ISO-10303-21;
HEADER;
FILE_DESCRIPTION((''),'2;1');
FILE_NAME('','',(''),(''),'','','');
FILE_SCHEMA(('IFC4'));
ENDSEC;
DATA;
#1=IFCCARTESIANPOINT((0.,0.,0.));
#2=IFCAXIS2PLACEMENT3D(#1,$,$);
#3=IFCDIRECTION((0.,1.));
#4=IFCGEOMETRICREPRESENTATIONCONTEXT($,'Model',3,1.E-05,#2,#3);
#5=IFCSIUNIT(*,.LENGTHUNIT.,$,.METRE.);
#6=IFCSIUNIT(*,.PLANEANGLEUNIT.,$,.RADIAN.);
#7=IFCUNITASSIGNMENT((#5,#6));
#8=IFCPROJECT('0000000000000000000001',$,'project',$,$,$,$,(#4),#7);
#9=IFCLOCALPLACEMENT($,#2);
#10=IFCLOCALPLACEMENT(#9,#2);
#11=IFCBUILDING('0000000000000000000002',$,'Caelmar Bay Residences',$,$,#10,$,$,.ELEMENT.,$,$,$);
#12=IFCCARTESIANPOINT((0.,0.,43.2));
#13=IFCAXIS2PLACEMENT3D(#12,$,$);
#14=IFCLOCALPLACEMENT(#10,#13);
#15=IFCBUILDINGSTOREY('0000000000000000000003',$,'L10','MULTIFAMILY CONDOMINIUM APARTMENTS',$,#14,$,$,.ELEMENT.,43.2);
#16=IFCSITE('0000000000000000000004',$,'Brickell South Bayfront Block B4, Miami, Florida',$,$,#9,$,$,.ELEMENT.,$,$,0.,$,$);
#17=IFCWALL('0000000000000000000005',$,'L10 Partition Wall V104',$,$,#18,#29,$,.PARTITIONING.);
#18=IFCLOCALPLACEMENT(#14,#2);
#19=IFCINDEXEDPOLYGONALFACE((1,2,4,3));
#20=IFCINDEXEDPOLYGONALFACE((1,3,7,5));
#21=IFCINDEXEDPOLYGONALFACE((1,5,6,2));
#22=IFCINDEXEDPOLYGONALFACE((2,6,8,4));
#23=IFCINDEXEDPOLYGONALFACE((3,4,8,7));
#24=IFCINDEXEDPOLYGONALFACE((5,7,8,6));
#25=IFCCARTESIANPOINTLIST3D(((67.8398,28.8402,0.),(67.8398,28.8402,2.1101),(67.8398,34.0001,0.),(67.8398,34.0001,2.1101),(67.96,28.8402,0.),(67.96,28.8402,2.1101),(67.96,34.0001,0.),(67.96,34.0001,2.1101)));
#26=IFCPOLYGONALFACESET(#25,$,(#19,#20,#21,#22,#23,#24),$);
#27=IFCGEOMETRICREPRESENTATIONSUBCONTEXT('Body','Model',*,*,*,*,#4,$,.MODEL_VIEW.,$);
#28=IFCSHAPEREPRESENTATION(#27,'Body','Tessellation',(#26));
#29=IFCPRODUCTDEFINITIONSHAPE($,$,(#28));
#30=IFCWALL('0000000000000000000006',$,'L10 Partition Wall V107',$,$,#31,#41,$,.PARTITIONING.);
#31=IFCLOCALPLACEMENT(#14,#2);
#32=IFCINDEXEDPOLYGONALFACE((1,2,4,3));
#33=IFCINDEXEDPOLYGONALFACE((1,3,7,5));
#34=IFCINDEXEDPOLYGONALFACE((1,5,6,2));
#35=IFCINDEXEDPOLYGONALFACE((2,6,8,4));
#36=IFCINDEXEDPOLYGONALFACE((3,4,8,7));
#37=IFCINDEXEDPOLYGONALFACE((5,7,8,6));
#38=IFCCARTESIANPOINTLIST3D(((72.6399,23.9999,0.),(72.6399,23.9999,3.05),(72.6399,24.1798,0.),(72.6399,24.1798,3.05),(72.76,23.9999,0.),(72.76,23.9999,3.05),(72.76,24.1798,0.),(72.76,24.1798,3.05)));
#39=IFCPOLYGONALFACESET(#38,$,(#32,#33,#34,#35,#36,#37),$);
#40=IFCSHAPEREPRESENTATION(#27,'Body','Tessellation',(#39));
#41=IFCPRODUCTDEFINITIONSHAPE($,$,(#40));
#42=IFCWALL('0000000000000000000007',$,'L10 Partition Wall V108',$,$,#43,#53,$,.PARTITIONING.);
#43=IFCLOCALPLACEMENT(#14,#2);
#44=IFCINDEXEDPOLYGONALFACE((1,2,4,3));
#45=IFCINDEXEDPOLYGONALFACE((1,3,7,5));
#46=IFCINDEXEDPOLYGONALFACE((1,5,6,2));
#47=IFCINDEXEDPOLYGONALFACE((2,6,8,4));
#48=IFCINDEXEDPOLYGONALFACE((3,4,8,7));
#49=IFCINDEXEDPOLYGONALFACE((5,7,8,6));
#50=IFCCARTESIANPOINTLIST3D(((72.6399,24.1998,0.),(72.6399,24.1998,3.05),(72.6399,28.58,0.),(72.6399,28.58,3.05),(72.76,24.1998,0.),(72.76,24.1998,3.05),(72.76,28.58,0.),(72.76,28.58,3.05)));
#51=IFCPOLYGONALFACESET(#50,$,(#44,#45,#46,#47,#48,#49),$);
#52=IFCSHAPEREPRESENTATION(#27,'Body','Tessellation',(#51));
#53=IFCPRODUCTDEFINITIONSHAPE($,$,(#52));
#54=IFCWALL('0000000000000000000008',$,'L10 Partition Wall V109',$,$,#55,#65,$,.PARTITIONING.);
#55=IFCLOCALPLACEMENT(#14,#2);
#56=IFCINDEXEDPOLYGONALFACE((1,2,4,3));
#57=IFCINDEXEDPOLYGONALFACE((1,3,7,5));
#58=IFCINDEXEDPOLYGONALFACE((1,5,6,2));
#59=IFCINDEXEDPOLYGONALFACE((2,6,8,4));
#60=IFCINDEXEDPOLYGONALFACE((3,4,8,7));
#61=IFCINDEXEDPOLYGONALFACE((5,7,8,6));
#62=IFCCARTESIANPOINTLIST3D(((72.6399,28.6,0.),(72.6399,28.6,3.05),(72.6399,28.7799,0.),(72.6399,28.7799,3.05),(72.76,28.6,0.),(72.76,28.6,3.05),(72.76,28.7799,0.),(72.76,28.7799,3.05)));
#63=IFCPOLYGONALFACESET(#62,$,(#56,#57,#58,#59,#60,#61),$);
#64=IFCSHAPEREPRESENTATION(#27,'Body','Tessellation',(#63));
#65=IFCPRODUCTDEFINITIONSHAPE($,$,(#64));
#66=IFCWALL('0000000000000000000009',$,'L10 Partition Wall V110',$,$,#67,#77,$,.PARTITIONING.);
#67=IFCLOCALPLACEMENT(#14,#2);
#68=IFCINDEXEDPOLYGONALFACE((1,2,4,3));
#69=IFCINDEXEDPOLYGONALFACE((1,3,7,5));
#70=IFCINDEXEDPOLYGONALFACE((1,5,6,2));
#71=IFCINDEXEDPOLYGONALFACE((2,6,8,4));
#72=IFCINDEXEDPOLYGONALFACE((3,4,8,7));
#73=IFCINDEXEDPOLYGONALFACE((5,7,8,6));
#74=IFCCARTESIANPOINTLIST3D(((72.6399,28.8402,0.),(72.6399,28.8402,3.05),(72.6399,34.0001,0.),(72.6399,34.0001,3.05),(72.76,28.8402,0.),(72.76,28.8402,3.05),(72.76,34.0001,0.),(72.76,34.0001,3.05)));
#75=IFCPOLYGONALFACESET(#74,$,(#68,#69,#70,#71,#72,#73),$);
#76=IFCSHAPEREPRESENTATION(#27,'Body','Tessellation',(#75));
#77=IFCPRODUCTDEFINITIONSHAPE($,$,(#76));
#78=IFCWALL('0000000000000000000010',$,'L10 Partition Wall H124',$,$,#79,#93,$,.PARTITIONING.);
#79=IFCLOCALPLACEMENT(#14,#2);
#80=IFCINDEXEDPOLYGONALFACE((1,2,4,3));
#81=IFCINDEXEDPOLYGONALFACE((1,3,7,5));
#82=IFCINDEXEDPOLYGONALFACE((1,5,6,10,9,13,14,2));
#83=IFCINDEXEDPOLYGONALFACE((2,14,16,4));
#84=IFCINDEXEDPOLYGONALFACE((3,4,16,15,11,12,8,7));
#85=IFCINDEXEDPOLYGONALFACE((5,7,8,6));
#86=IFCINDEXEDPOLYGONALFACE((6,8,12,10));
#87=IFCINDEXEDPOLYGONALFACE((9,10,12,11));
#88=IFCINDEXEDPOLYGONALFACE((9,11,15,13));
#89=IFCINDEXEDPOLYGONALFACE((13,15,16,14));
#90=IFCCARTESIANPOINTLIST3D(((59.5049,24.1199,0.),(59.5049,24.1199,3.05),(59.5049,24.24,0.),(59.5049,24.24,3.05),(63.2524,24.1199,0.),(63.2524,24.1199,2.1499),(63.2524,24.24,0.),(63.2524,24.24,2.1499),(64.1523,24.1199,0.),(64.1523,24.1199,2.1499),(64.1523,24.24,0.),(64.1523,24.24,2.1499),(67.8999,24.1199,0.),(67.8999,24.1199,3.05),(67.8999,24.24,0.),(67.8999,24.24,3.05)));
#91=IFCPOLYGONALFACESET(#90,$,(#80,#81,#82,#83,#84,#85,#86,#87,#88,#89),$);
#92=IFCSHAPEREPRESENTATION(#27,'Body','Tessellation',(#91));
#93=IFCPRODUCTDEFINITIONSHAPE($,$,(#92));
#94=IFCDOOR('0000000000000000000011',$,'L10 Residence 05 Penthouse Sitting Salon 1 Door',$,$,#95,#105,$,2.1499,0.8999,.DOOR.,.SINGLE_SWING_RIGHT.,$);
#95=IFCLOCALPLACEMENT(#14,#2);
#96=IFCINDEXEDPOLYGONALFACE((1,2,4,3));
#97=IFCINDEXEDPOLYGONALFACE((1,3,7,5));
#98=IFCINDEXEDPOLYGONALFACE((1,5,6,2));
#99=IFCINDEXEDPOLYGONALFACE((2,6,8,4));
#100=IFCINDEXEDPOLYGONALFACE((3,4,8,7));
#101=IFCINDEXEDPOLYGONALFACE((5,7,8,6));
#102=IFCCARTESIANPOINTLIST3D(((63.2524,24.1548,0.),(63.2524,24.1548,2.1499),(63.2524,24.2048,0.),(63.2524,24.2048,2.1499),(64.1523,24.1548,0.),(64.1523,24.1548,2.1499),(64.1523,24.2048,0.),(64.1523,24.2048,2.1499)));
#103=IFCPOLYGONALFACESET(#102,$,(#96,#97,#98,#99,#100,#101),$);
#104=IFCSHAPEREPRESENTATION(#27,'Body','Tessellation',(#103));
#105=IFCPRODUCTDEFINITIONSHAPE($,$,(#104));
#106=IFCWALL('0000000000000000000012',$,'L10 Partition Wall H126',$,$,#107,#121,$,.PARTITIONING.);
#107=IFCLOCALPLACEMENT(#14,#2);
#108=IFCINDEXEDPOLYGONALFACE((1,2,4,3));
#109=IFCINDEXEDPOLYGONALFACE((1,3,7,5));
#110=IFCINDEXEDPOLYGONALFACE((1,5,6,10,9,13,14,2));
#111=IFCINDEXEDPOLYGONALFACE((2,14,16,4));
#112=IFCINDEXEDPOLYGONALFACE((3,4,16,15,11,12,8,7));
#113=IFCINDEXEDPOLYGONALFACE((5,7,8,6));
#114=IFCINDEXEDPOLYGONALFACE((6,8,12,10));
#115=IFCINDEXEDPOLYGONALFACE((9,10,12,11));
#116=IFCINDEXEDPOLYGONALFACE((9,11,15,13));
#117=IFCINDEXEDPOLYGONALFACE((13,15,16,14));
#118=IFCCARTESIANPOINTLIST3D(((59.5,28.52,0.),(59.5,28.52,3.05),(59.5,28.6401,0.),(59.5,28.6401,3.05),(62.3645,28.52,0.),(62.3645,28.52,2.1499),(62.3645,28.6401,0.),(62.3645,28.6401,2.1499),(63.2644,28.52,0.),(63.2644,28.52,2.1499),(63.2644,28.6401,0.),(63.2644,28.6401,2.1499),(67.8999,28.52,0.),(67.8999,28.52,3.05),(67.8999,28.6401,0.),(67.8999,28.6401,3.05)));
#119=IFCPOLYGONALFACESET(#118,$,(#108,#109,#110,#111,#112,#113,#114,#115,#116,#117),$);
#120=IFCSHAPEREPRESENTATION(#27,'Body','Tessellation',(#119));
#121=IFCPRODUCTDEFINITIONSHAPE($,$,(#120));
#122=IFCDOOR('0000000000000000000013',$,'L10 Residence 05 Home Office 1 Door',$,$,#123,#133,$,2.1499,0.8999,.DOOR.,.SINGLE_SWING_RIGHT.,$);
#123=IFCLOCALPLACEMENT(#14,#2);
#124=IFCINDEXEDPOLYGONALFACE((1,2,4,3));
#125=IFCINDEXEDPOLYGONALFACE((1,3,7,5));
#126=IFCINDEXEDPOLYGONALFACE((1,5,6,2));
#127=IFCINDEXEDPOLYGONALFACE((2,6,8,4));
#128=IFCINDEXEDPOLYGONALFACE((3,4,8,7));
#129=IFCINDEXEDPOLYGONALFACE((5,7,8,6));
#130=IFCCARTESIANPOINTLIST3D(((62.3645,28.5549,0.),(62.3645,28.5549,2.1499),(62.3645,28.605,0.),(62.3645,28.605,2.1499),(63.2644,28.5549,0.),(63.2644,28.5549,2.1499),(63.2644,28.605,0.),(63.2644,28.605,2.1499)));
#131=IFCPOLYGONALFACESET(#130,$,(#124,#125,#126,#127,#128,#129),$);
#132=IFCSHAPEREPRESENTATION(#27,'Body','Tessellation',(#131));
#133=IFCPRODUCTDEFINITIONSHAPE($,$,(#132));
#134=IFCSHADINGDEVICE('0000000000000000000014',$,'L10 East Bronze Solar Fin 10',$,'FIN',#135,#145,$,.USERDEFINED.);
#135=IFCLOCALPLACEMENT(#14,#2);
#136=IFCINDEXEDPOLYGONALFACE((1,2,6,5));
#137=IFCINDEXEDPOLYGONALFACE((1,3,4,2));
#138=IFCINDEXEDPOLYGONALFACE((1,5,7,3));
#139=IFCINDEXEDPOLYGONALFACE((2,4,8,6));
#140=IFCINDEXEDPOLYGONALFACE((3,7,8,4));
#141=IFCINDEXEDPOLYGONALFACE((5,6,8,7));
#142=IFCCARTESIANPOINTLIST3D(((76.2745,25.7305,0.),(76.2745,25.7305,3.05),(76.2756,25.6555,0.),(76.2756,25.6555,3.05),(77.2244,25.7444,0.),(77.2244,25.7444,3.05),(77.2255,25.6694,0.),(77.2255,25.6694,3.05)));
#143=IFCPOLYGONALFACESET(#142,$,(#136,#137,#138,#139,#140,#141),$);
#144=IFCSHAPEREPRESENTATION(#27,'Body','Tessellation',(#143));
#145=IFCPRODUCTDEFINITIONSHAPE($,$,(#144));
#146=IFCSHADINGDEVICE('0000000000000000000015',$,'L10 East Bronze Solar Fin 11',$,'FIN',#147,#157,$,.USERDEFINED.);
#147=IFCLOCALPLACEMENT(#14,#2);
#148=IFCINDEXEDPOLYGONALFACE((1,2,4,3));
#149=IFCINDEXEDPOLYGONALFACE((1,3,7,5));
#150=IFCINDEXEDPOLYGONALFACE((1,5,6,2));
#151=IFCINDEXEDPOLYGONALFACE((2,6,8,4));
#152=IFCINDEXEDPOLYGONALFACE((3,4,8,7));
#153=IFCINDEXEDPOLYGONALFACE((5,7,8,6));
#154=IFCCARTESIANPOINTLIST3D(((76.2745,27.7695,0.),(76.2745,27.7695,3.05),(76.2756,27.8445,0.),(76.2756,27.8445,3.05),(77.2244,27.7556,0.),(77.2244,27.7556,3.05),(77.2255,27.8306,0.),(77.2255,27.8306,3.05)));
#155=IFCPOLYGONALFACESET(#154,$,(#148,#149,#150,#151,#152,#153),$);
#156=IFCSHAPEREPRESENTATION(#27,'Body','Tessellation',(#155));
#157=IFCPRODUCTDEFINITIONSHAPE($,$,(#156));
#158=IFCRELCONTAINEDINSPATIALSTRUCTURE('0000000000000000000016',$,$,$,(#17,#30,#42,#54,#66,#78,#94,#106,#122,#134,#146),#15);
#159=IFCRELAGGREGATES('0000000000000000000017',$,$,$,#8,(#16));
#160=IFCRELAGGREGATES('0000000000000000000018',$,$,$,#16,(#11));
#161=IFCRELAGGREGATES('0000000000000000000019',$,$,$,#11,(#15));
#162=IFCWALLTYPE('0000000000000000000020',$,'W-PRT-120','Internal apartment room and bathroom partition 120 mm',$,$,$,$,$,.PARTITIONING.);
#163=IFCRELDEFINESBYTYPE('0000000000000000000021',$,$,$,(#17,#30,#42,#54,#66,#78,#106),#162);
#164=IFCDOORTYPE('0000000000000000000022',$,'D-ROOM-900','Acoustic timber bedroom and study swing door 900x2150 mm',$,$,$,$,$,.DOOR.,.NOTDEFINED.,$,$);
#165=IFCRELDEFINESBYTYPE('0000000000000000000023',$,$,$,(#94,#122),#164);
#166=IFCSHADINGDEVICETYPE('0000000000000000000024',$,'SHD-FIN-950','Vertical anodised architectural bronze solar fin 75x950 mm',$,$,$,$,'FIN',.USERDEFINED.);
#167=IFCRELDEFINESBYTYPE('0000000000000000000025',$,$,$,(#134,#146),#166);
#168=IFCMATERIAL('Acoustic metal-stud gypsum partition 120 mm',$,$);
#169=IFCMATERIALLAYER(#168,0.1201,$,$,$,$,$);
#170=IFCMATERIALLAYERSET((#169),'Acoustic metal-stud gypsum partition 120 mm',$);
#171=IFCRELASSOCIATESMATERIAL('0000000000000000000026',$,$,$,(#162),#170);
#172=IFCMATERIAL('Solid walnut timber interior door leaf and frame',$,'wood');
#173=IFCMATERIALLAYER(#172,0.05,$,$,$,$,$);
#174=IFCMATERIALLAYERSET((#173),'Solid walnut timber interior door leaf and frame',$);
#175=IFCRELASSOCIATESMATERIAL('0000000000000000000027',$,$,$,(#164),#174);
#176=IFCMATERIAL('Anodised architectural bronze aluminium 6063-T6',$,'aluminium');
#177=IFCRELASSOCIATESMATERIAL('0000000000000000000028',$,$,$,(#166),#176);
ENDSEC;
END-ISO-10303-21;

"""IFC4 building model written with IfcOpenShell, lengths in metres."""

from ifc_helpers import new_model, si_unit, direction, frame, frame_2d, origin, origin_2d, place, context, subcontext, project, spatial, rectangle, extrude, material, layer, layer_set, material_profile, profile_set, type_object, element, fill, save


model = new_model("IFC4")

# Units and contexts
model_context = context("Model", 3, precision=1e-05, world=origin(), true_north=direction((0.0, 1.0)))
body_context = subcontext(model_context, "Body", "Model", "MODEL_VIEW")
ifc_project = project(units=[si_unit("LENGTHUNIT", "METRE"), si_unit("PLANEANGLEUNIT", "RADIAN")], contexts=[model_context])

# Site, building, storey
site_placement = place(None, origin())
site = spatial("IfcSite", under=ifc_project, at=site_placement, Name="Brickell South Bayfront Block B4, Miami, Florida", CompositionType="ELEMENT", RefElevation=0.0)
building_placement = place(site_placement, origin())
building = spatial("IfcBuilding", under=site, at=building_placement, Name="Caelmar Bay Residences", CompositionType="ELEMENT")
storey_placement = place(building_placement, frame((0.0, 0.0, 43.2)))
storey = spatial("IfcBuildingStorey", under=building, at=storey_placement, Name="L10", Description="MULTIFAMILY CONDOMINIUM APARTMENTS", CompositionType="ELEMENT", Elevation=43.2)

# Shared definitions
ifc_material_1 = material(Name="Acoustic metal-stud gypsum partition 120 mm")
ifc_layer_1 = layer(ifc_material_1, 0.1201)
ifc_layer_set_1 = layer_set([ifc_layer_1], Name="Acoustic metal-stud gypsum partition 120 mm")
wall_type = type_object("IfcWallType", Name="W-PRT-120", Description="Internal apartment room and bathroom partition 120 mm", PredefinedType="PARTITIONING", material=ifc_layer_set_1)

# Shared definitions
ifc_material_2 = material(Name="Solid walnut timber interior door leaf and frame", Category="wood")
ifc_layer_2 = layer(ifc_material_2, 0.05)
ifc_layer_set_2 = layer_set([ifc_layer_2], Name="Solid walnut timber interior door leaf and frame")
door_type_1 = type_object("IfcDoorType", Name="D-ROOM-900", Description="Acoustic timber bedroom and study swing door 900x2150 mm", OperationType="NOTDEFINED", PredefinedType="DOOR", material=ifc_layer_set_2)

# Walls
wall_1_placement = place(storey_placement, frame((67.8999, 28.8401, 0.0), z_axis=(0.0, 0.0, 1.0), x_axis=(0.0, 1.0, 0.0)))
element("IfcWall", 1, at=wall_1_placement, inside=storey, type_object=wall_type, Name="L10 Partition Wall V104", PredefinedType="PARTITIONING", context=body_context, shape_type="SweptSolid", body=[
    extrude(rectangle(XDim=5.1599, YDim=0.1201, at=frame_2d((2.5801, 0.0))), origin(), (0.0, 0.0, 1.0), 2.1101),
])
wall_2_placement = place(storey_placement, frame((72.7, 24.0, 0.0), z_axis=(0.0, 0.0, 1.0), x_axis=(0.0, 1.0, 0.0)))
element("IfcWall", 2, at=wall_2_placement, inside=storey, type_object=wall_type, Name="L10 Partition Wall V107", PredefinedType="PARTITIONING", context=body_context, shape_type="SweptSolid", body=[
    extrude(rectangle(XDim=0.1799, YDim=0.1201, at=frame_2d((0.0898, 0.0))), origin(), (0.0, 0.0, 1.0), 3.05),
])
wall_3_placement = place(storey_placement, frame((72.7, 24.2, 0.0), z_axis=(0.0, 0.0, 1.0), x_axis=(0.0, 1.0, 0.0)))
element("IfcWall", 3, at=wall_3_placement, inside=storey, type_object=wall_type, Name="L10 Partition Wall V108", PredefinedType="PARTITIONING", context=body_context, shape_type="SweptSolid", body=[
    extrude(rectangle(XDim=4.3801, YDim=0.1201, at=frame_2d((2.1899, 0.0))), origin(), (0.0, 0.0, 1.0), 3.05),
])
wall_4_placement = place(storey_placement, frame((72.7, 28.6001, 0.0), z_axis=(0.0, 0.0, 1.0), x_axis=(0.0, 1.0, 0.0)))
element("IfcWall", 4, at=wall_4_placement, inside=storey, type_object=wall_type, Name="L10 Partition Wall V109", PredefinedType="PARTITIONING", context=body_context, shape_type="SweptSolid", body=[
    extrude(rectangle(XDim=0.1799, YDim=0.1201, at=frame_2d((0.0898, 0.0))), origin(), (0.0, 0.0, 1.0), 3.05),
])
wall_5_placement = place(storey_placement, frame((72.7, 28.8401, 0.0), z_axis=(0.0, 0.0, 1.0), x_axis=(0.0, 1.0, 0.0)))
element("IfcWall", 5, at=wall_5_placement, inside=storey, type_object=wall_type, Name="L10 Partition Wall V110", PredefinedType="PARTITIONING", context=body_context, shape_type="SweptSolid", body=[
    extrude(rectangle(XDim=5.1599, YDim=0.1201, at=frame_2d((2.5801, 0.0))), origin(), (0.0, 0.0, 1.0), 3.05),
])

# Walls, openings, doors
wall_6_placement = place(storey_placement, frame((59.5049, 24.1799, 0.0), z_axis=(0.0, 0.0, 1.0), x_axis=(1.0, 0.0, 0.0)))
wall_6 = element("IfcWall", 6, at=wall_6_placement, inside=storey, type_object=wall_type, Name="L10 Partition Wall H124", PredefinedType="PARTITIONING", context=body_context, shape_type="SweptSolid", body=[
    extrude(rectangle(XDim=8.395, YDim=0.1201, at=frame_2d((4.1975, 0.0))), origin(), (0.0, 0.0, 1.0), 3.05),
])
opening_1_placement = place(wall_6_placement, frame((3.7476, 0.0, 0.0)))
opening_1 = element("IfcOpeningElement", 7, at=opening_1_placement, cuts=wall_6, PredefinedType="OPENING", context=body_context, shape_type="SweptSolid", body=[
    extrude(rectangle(XDim=0.8999, YDim=2.1499, at=frame_2d((0.45, 1.075))), frame((0.0, 0.0701, 0.0), z_axis=(0.0, -1.0, 0.0), x_axis=(1.0, 0.0, 0.0)), (0.0, 0.0, 1.0), 0.1401),
])
door_1_placement = place(opening_1_placement, origin())
door_1 = element("IfcDoor", 8, at=door_1_placement, inside=storey, type_object=door_type_1, Name="L10 Residence 05 Penthouse Sitting Salon 1 Door", OperationType="SINGLE_SWING_RIGHT", OverallHeight=2.1499, OverallWidth=0.8999, PredefinedType="DOOR", context=body_context, shape_type="SweptSolid", body=[
    extrude(rectangle(XDim=0.8999, YDim=2.1499, at=frame_2d((0.45, 1.075))), frame((0.0, 0.0249, 0.0), z_axis=(0.0, -1.0, 0.0), x_axis=(1.0, 0.0, 0.0)), (0.0, 0.0, 1.0), 0.05),
])
fill(opening_1, door_1)
wall_7_placement = place(storey_placement, frame((59.5, 28.5801, 0.0), z_axis=(0.0, 0.0, 1.0), x_axis=(1.0, 0.0, 0.0)))
wall_7 = element("IfcWall", 9, at=wall_7_placement, inside=storey, type_object=wall_type, Name="L10 Partition Wall H126", PredefinedType="PARTITIONING", context=body_context, shape_type="SweptSolid", body=[
    extrude(rectangle(XDim=8.3999, YDim=0.1201, at=frame_2d((4.2, 0.0))), origin(), (0.0, 0.0, 1.0), 3.05),
])
opening_2_placement = place(wall_7_placement, frame((2.8645, 0.0, 0.0)))
opening_2 = element("IfcOpeningElement", 10, at=opening_2_placement, cuts=wall_7, PredefinedType="OPENING", context=body_context, shape_type="SweptSolid", body=[
    extrude(rectangle(XDim=0.8999, YDim=2.1499, at=frame_2d((0.45, 1.075))), frame((0.0, 0.0701, 0.0), z_axis=(0.0, -1.0, 0.0), x_axis=(1.0, 0.0, 0.0)), (0.0, 0.0, 1.0), 0.1401),
])
door_2_placement = place(opening_2_placement, origin())
door_2 = element("IfcDoor", 11, at=door_2_placement, inside=storey, type_object=door_type_1, Name="L10 Residence 05 Home Office 1 Door", OperationType="SINGLE_SWING_RIGHT", OverallHeight=2.1499, OverallWidth=0.8999, PredefinedType="DOOR", context=body_context, shape_type="SweptSolid", body=[
    extrude(rectangle(XDim=0.8999, YDim=2.1499, at=frame_2d((0.45, 1.075))), frame((0.0, 0.0249, 0.0), z_axis=(0.0, -1.0, 0.0), x_axis=(1.0, 0.0, 0.0)), (0.0, 0.0, 1.0), 0.05),
])
fill(opening_2, door_2)

# Shading devices
ifc_material_3 = material(Name="Anodised architectural bronze aluminium 6063-T6", Category="aluminium")
ifc_material_profile_1 = material_profile(ifc_material_3, rectangle(XDim=0.075, YDim=0.95, at=origin_2d()), Name="BRONZE-FIN-75X950")
ifc_profile_set_1 = profile_set([ifc_material_profile_1], Name="Anodised architectural bronze aluminium 6063-T6")
shading_device_type = type_object("IfcShadingDeviceType", Name="SHD-FIN-950", Description="Vertical anodised architectural bronze solar fin 75x950 mm", ElementType="FIN", PredefinedType="USERDEFINED", material=ifc_profile_set_1)
for number, where, z_axis, x_axis, name in (
    (12, (76.75, 25.7, 0.0), (0.0, 0.0, 1.0), (-0.01466, 0.999893, 0.0), "L10 East Bronze Solar Fin 10"),
    (13, (76.75, 27.8, 0.0), (0.0, 0.0, 1.0), (0.01466, 0.999893, 0.0), "L10 East Bronze Solar Fin 11"),
):
    element("IfcShadingDevice", number, at=place(storey_placement, frame(where, z_axis=z_axis, x_axis=x_axis)), inside=storey, type_object=shading_device_type, Name=name, ObjectType="FIN", PredefinedType="USERDEFINED", context=body_context, shape_type="SweptSolid", body=[
        extrude(rectangle(XDim=0.075, YDim=0.95, at=origin_2d()), origin(), (0.0, 0.0, 1.0), 3.05),
    ])

save(model, "model.ifc")
